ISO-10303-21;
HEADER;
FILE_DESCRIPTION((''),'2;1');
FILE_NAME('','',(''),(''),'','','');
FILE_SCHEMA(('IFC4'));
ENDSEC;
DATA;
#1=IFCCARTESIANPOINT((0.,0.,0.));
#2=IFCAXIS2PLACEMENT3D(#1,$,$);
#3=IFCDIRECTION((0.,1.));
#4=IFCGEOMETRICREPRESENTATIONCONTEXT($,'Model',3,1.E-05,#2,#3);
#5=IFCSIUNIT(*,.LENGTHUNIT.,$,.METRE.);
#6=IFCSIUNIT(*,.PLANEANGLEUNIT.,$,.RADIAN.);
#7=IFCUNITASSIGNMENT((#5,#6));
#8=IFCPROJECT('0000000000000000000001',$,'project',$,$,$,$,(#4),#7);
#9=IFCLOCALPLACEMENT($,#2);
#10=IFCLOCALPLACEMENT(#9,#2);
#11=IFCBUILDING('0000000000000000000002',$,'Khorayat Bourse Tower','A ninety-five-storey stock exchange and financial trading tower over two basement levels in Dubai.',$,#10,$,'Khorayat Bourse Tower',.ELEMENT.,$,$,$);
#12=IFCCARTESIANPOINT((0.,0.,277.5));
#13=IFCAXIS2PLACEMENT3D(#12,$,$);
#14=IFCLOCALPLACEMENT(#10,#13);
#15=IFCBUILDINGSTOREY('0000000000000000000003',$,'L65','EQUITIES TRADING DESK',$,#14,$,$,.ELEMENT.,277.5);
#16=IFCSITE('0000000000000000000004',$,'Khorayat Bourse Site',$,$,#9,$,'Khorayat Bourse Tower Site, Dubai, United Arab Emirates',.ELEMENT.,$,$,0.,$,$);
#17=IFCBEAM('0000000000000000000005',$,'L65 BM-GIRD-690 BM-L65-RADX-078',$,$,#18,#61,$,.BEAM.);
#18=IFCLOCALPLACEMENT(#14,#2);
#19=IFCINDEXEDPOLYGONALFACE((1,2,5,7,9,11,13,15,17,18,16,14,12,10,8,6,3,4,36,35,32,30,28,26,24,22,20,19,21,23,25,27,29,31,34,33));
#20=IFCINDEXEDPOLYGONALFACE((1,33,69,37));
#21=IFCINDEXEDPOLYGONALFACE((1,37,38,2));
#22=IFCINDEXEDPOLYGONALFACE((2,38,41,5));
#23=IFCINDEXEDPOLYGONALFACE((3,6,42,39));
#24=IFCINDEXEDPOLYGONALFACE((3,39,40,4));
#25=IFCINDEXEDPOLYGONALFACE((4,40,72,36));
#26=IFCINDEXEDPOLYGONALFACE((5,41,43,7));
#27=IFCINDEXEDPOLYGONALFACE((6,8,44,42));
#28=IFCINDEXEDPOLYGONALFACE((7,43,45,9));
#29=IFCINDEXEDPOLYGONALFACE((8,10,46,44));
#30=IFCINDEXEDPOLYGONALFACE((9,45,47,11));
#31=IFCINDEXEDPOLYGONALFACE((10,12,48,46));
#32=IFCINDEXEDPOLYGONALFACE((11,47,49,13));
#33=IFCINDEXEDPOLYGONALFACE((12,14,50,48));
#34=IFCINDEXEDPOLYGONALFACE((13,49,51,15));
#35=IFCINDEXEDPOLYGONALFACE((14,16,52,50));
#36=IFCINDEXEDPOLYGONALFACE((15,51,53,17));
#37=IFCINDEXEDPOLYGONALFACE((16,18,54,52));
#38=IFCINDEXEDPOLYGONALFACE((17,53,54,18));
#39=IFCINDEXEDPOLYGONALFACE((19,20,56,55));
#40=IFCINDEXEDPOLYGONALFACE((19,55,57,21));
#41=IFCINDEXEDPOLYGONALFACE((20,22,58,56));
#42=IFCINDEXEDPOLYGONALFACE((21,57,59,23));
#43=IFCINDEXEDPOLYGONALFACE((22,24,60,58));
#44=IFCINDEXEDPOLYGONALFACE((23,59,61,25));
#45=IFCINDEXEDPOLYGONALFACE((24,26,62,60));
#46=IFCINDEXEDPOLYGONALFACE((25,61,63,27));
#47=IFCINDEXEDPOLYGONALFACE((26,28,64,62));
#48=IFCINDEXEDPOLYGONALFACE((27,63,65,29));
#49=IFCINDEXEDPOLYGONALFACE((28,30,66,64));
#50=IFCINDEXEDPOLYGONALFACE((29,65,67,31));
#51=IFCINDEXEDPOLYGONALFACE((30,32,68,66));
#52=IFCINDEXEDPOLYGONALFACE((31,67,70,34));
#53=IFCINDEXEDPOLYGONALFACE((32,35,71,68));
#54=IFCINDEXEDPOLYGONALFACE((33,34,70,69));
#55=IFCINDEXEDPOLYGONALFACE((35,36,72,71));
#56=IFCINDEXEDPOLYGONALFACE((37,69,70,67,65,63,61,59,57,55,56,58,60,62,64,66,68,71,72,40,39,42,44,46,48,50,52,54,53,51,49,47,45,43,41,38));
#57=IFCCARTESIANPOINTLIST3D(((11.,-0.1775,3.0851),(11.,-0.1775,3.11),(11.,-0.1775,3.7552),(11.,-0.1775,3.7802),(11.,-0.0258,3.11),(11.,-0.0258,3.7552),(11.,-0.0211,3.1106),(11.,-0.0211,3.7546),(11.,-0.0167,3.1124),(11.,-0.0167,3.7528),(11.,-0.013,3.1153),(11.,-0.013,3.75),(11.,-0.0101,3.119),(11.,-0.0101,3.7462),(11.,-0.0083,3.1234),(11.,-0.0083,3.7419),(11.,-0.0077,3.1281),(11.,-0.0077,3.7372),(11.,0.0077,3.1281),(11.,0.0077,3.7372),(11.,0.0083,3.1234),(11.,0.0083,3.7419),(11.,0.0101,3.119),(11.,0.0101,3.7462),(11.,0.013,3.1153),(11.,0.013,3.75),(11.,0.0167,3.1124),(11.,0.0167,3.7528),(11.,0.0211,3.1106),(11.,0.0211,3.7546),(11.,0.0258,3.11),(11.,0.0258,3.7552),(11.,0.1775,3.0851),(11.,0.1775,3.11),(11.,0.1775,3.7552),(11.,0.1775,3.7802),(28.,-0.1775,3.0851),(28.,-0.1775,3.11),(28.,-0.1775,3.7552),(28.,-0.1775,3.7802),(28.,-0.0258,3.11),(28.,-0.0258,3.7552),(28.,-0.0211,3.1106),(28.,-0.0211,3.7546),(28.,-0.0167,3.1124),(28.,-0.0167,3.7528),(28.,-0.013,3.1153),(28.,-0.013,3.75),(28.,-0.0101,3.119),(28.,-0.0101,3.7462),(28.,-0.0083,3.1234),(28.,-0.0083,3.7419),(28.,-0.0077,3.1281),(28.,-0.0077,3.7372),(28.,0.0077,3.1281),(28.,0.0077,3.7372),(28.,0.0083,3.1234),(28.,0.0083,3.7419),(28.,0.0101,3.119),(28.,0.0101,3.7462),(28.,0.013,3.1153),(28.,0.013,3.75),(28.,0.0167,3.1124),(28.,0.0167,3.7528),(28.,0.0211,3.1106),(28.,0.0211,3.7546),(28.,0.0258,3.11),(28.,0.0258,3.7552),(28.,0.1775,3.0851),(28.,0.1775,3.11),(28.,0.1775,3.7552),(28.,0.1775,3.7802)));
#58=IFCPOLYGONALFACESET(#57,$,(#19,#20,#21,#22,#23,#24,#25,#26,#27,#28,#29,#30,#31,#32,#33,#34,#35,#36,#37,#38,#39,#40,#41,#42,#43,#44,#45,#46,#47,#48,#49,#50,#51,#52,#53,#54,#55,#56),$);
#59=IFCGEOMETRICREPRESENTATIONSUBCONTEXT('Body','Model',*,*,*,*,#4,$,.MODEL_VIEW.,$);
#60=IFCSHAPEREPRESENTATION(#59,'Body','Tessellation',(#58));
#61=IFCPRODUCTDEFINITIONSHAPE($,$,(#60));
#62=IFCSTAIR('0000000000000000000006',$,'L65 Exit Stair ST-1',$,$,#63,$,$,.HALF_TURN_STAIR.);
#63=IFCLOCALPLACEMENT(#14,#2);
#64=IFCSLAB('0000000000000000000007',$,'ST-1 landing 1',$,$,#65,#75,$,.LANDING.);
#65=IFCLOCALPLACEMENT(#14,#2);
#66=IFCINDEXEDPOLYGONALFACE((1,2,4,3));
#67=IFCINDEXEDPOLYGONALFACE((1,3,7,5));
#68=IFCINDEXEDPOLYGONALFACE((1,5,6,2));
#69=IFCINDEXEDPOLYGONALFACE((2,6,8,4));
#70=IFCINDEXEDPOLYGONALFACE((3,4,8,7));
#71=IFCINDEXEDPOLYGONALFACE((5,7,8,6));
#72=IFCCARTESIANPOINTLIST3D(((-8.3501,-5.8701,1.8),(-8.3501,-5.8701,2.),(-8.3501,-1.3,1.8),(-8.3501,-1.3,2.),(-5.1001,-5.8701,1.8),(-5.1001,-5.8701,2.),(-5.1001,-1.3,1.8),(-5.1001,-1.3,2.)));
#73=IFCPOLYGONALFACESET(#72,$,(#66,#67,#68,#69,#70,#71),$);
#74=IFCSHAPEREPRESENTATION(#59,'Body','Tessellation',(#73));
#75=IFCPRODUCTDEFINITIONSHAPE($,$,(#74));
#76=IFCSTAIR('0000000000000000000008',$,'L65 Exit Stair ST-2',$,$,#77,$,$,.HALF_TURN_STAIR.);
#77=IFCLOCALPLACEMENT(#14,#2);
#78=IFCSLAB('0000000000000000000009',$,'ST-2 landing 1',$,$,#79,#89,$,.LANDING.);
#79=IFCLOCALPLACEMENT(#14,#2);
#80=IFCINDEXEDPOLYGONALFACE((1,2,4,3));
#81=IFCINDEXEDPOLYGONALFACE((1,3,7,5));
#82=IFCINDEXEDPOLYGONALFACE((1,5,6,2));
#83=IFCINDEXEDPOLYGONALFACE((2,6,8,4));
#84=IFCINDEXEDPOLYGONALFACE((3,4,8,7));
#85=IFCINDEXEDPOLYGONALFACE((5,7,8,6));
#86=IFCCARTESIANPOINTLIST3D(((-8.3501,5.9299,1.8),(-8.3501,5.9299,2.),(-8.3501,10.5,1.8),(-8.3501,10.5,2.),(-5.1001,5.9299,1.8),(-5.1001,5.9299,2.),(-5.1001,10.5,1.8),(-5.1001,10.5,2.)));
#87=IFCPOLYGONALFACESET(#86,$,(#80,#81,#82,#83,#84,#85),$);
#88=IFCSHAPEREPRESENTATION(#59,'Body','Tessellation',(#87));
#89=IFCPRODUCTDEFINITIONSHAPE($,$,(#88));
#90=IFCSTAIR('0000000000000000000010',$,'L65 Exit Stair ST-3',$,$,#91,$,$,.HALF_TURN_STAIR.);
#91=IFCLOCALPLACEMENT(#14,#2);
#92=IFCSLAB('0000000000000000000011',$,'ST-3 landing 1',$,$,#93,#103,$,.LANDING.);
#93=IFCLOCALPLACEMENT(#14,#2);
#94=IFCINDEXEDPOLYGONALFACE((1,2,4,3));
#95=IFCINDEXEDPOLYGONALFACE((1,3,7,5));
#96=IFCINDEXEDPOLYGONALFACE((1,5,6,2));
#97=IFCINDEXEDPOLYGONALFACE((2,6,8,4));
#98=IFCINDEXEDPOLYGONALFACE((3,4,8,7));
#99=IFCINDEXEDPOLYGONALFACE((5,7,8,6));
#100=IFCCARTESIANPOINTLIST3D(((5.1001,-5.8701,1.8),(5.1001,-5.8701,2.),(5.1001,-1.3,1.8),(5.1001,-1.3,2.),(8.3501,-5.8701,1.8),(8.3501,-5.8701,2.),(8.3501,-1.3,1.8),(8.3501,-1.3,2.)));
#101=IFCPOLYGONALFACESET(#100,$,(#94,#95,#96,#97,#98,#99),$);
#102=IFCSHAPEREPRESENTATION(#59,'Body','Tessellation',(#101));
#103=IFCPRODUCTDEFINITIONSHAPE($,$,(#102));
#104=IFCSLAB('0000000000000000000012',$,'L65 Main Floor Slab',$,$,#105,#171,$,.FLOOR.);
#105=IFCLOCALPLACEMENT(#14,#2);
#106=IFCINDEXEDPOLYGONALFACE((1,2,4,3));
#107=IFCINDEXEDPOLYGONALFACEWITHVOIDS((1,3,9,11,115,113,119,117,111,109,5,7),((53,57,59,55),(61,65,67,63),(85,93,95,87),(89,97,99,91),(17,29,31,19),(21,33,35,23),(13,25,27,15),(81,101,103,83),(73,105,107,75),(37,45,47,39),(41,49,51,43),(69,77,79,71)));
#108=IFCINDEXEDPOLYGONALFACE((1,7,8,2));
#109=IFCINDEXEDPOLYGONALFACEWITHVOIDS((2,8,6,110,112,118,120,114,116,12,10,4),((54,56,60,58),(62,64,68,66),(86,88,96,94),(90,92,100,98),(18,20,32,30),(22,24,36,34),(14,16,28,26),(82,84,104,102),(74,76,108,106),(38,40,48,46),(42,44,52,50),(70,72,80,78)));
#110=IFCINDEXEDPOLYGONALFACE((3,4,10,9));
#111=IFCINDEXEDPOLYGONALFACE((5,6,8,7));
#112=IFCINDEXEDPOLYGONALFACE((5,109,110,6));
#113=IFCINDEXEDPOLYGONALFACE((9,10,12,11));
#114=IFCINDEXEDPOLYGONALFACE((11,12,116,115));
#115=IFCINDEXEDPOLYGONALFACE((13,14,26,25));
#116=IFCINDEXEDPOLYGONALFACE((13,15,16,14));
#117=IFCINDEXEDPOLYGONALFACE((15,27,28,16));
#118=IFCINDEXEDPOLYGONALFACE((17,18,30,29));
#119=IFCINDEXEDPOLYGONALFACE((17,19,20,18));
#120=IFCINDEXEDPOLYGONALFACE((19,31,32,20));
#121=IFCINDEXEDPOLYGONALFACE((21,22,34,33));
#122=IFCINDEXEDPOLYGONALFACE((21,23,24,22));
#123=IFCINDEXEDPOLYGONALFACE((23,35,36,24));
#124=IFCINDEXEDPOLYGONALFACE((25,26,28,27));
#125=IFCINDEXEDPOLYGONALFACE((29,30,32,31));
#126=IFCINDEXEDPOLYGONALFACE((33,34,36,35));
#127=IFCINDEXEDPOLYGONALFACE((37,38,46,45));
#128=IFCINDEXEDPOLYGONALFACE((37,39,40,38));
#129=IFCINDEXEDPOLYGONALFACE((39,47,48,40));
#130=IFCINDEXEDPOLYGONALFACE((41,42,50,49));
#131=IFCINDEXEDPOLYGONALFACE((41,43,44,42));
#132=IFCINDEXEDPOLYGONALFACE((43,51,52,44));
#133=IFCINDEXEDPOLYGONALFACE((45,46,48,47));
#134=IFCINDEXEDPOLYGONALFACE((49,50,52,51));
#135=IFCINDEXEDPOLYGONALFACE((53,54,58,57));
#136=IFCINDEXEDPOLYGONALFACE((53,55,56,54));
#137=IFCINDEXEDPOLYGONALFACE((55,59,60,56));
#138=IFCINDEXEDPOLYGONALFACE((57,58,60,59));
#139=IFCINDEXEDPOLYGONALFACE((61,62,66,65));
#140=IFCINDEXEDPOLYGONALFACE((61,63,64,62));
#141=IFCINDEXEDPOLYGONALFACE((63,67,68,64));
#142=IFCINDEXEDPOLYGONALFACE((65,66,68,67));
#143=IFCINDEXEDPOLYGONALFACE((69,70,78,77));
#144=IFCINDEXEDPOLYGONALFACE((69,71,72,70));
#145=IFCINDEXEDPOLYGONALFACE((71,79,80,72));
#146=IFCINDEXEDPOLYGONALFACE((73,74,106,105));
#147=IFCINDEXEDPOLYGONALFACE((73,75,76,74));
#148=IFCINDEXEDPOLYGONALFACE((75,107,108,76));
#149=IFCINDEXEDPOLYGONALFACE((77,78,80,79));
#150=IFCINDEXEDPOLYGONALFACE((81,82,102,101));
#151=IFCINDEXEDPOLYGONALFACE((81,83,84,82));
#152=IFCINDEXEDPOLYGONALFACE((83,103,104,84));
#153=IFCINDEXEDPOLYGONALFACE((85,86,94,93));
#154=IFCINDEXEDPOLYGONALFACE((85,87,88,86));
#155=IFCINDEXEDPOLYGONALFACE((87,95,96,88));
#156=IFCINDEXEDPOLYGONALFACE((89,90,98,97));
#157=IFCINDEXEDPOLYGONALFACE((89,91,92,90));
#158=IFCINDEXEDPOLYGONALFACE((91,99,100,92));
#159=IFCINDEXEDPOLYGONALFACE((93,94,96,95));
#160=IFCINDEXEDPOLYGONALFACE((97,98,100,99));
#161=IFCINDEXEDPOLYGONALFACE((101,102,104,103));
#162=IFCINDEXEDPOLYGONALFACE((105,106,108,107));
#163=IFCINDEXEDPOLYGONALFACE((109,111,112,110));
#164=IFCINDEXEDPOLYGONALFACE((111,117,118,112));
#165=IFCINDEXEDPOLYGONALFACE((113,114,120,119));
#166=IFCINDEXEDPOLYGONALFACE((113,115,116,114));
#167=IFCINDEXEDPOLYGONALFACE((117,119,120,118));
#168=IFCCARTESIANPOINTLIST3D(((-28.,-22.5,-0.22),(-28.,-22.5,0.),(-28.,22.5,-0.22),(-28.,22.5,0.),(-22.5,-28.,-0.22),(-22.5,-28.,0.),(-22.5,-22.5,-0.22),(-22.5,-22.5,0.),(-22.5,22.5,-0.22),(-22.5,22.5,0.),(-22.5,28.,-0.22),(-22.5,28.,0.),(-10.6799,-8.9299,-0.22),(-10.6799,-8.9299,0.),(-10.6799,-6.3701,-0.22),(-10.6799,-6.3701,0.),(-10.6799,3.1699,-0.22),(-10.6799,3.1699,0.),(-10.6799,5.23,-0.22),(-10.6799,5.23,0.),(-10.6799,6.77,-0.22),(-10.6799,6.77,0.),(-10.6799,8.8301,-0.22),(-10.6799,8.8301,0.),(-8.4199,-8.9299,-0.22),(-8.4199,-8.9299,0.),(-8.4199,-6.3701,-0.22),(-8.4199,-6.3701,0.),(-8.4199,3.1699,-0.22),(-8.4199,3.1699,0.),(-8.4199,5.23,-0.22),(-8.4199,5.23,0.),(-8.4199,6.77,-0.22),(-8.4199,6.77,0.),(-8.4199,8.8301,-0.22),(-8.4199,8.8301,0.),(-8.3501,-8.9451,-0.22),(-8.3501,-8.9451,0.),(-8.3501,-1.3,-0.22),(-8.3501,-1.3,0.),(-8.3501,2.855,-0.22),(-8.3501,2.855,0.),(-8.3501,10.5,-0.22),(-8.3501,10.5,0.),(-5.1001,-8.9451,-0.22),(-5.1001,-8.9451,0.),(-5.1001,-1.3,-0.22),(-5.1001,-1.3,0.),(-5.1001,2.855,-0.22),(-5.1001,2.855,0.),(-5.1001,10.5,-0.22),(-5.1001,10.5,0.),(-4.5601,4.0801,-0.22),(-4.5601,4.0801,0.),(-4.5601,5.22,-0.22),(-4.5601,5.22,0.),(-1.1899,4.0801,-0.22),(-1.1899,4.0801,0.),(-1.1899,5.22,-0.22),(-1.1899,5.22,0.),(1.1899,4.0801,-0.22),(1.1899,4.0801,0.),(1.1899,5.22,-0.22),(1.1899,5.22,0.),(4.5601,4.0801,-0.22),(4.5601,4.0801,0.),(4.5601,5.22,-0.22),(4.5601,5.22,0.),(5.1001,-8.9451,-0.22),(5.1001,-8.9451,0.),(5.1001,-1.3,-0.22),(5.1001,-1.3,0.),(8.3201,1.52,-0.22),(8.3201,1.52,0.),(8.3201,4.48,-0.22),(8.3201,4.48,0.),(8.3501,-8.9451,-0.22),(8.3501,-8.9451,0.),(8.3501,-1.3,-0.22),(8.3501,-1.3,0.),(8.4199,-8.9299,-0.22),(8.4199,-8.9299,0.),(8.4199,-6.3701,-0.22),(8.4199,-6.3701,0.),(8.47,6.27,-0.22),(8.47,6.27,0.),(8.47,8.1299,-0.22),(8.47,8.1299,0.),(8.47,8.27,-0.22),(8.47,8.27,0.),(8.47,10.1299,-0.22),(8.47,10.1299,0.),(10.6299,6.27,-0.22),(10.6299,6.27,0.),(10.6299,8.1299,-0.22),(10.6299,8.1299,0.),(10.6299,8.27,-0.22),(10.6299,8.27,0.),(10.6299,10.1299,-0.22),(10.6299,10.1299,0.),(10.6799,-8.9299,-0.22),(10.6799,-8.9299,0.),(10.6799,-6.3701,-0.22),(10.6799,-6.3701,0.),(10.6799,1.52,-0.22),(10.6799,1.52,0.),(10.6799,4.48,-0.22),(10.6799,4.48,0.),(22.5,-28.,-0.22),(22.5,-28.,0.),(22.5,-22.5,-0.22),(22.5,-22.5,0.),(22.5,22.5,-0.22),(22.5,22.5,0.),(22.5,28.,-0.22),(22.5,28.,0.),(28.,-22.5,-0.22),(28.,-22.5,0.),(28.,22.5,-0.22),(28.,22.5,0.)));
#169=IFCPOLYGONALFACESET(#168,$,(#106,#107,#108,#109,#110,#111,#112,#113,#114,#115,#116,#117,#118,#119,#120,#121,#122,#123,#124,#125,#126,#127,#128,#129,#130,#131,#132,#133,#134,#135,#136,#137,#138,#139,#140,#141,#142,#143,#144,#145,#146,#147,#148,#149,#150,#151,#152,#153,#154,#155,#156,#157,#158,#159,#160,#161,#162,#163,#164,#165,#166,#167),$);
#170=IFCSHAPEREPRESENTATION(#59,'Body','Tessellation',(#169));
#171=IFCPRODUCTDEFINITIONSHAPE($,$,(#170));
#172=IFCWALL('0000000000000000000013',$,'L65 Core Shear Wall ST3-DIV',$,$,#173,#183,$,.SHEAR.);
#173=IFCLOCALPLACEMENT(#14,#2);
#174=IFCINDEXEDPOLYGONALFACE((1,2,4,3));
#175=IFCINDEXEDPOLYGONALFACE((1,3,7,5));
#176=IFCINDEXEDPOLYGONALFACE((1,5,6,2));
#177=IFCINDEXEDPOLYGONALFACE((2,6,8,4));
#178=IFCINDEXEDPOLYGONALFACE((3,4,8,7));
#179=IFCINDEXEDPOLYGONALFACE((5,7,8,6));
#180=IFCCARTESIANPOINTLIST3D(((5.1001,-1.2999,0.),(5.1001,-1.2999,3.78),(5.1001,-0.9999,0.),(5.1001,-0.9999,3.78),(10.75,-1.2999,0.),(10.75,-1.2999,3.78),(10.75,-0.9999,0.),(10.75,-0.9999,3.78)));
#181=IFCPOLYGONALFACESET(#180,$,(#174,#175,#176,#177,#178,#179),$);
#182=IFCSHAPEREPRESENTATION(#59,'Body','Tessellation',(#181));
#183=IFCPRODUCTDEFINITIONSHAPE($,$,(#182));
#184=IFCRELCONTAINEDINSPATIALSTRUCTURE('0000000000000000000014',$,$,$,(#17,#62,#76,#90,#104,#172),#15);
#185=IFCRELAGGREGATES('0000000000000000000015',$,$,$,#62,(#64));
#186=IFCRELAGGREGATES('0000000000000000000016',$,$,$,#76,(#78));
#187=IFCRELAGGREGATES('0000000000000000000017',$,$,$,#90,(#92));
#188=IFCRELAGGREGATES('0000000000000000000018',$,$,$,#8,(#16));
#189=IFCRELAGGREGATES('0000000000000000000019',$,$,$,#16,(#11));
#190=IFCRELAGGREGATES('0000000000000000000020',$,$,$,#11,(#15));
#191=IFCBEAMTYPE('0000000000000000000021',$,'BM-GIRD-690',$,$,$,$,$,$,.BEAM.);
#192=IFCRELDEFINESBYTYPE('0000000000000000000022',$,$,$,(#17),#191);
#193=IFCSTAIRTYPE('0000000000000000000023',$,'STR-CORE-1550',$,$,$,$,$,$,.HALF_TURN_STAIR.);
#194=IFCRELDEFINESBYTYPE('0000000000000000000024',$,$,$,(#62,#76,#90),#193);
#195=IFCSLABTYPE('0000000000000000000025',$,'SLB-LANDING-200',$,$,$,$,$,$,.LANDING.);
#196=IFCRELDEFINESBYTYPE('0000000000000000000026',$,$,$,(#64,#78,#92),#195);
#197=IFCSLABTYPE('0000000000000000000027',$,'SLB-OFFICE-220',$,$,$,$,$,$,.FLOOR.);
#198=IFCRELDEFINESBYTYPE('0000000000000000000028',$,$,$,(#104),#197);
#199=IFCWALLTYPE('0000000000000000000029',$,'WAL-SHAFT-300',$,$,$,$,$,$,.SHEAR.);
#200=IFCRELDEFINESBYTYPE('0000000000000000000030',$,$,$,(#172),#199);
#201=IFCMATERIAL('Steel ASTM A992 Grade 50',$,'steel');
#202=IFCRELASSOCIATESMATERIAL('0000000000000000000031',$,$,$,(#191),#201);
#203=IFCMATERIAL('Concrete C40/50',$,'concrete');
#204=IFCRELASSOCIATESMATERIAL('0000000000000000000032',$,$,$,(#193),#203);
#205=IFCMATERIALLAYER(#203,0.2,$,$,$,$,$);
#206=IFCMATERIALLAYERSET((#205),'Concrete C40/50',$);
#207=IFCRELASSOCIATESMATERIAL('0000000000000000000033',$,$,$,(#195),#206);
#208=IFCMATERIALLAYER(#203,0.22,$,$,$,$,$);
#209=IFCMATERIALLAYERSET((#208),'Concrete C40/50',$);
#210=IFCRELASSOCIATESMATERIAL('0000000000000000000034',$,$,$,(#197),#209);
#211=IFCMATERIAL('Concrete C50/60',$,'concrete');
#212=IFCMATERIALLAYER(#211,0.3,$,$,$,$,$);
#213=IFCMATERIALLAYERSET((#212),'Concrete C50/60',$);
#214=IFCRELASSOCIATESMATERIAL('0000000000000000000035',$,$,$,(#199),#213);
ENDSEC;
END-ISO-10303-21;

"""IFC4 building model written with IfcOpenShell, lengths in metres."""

from ifc_helpers import new_model, si_unit, direction, frame, frame_2d, origin, origin_2d, place, context, subcontext, project, spatial, polyline, rectangle, i_section, outline, extrude, source, transform, mapped, material, layer, layer_set, material_profile, profile_set, type_object, element, aggregate, save


model = new_model("IFC4")

# Units and contexts
model_context = context("Model", 3, precision=1e-05, world=origin(), true_north=direction((0.0, 1.0)))
body_context = subcontext(model_context, "Body", "Model", "MODEL_VIEW")
ifc_project = project(units=[si_unit("LENGTHUNIT", "METRE"), si_unit("PLANEANGLEUNIT", "RADIAN")], contexts=[model_context])

# Site, building, storey
site_placement = place(None, origin())
site = spatial("IfcSite", under=ifc_project, at=site_placement, Name="Khorayat Bourse Site", LongName="Khorayat Bourse Tower Site, Dubai, United Arab Emirates", CompositionType="ELEMENT", RefElevation=0.0)
building_placement = place(site_placement, origin())
building = spatial("IfcBuilding", under=site, at=building_placement, Name="Khorayat Bourse Tower", Description="A ninety-five-storey stock exchange and financial trading tower over two basement levels in Dubai.", LongName="Khorayat Bourse Tower", CompositionType="ELEMENT")
storey_placement = place(building_placement, frame((0.0, 0.0, 277.5)))
storey = spatial("IfcBuildingStorey", under=building, at=storey_placement, Name="L65", Description="EQUITIES TRADING DESK", CompositionType="ELEMENT", Elevation=277.5)

# Beam
ifc_material_1 = material(Name="Steel ASTM A992 Grade 50", Category="steel")
ifc_material_profile_1 = material_profile(ifc_material_1, i_section(OverallWidth=0.355, OverallDepth=0.6951, WebThickness=0.0154, FlangeThickness=0.0249, FilletRadius=0.0181, at=origin_2d()), Name="W690X217")
ifc_profile_set_1 = profile_set([ifc_material_profile_1], Name="Steel ASTM A992 Grade 50")
beam_type_1 = type_object("IfcBeamType", Name="BM-GIRD-690", PredefinedType="BEAM", material=ifc_profile_set_1)
shared_shape_1 = source(origin(), body_context, "Body", "SweptSolid", [
    extrude(i_section(OverallWidth=0.355, OverallDepth=0.6951, WebThickness=0.0154, FlangeThickness=0.0249, FilletRadius=0.0181, at=origin_2d()), origin(), (0.0, 0.0, 1.0), 17.0),
])
beam_1_placement = place(storey_placement, frame((11.0, 0.0, 3.4326), z_axis=(1.0, 0.0, 0.0), x_axis=(0.0, 1.0, 0.0)))
element("IfcBeam", 1, at=beam_1_placement, inside=storey, type_object=beam_type_1, Name="L65 BM-GIRD-690 BM-L65-RADX-078", PredefinedType="BEAM", context=body_context, shape_type="MappedRepresentation", body=[
    mapped(shared_shape_1, transform((0.0, 0.0, 0.0), scale=1.0)),
])

# Stairs, slabs
ifc_material_2 = material(Name="Concrete C40/50", Category="concrete")
stair_type = type_object("IfcStairType", Name="STR-CORE-1550", PredefinedType="HALF_TURN_STAIR", material=ifc_material_2)
stair_1_placement = place(storey_placement, origin())
stair_1 = element("IfcStair", 2, at=stair_1_placement, inside=storey, type_object=stair_type, Name="L65 Exit Stair ST-1", PredefinedType="HALF_TURN_STAIR")
ifc_layer_1 = layer(ifc_material_2, 0.2)
ifc_layer_set_1 = layer_set([ifc_layer_1], Name="Concrete C40/50")
slab_type_1 = type_object("IfcSlabType", Name="SLB-LANDING-200", PredefinedType="LANDING", material=ifc_layer_set_1)
slab_1_placement = place(storey_placement, frame((0.0, 0.0, 1.8)))
slab_1 = element("IfcSlab", 3, at=slab_1_placement, type_object=slab_type_1, Name="ST-1 landing 1", PredefinedType="LANDING", context=body_context, shape_type="SweptSolid", body=[
    extrude(outline(polyline([(-5.1001, -5.8701), (-5.1001, -1.3), (-8.3501, -1.3), (-8.3501, -5.8701), (-5.1001, -5.8701)])), origin(), (0.0, 0.0, 1.0), 0.2),
])
aggregate(stair_1, [slab_1])
stair_2_placement = place(storey_placement, origin())
stair_2 = element("IfcStair", 4, at=stair_2_placement, inside=storey, type_object=stair_type, Name="L65 Exit Stair ST-2", PredefinedType="HALF_TURN_STAIR")
slab_2_placement = place(storey_placement, frame((0.0, 0.0, 1.8)))
slab_2 = element("IfcSlab", 5, at=slab_2_placement, type_object=slab_type_1, Name="ST-2 landing 1", PredefinedType="LANDING", context=body_context, shape_type="SweptSolid", body=[
    extrude(outline(polyline([(-5.1001, 5.9299), (-5.1001, 10.5), (-8.3501, 10.5), (-8.3501, 5.9299), (-5.1001, 5.9299)])), origin(), (0.0, 0.0, 1.0), 0.2),
])
aggregate(stair_2, [slab_2])
stair_3_placement = place(storey_placement, origin())
stair_3 = element("IfcStair", 6, at=stair_3_placement, inside=storey, type_object=stair_type, Name="L65 Exit Stair ST-3", PredefinedType="HALF_TURN_STAIR")
slab_3_placement = place(storey_placement, frame((0.0, 0.0, 1.8)))
slab_3 = element("IfcSlab", 7, at=slab_3_placement, type_object=slab_type_1, Name="ST-3 landing 1", PredefinedType="LANDING", context=body_context, shape_type="SweptSolid", body=[
    extrude(outline(polyline([(8.3501, -5.8701), (8.3501, -1.3), (5.1001, -1.3), (5.1001, -5.8701), (8.3501, -5.8701)])), origin(), (0.0, 0.0, 1.0), 0.2),
])
aggregate(stair_3, [slab_3])

# Slab
ifc_layer_2 = layer(ifc_material_2, 0.22)
ifc_layer_set_2 = layer_set([ifc_layer_2], Name="Concrete C40/50")
slab_type_2 = type_object("IfcSlabType", Name="SLB-OFFICE-220", PredefinedType="FLOOR", material=ifc_layer_set_2)
slab_4_placement = place(storey_placement, frame((0.0, 0.0, -0.22)))
element("IfcSlab", 8, at=slab_4_placement, inside=storey, type_object=slab_type_2, Name="L65 Main Floor Slab", PredefinedType="FLOOR", context=body_context, shape_type="SweptSolid", body=[
    extrude(outline(polyline([(-22.5, -28.0), (22.5, -28.0), (22.5, -22.5), (28.0, -22.5), (28.0, 22.5), (22.5, 22.5), (22.5, 28.0), (-22.5, 28.0), (-22.5, 22.5), (-28.0, 22.5), (-28.0, -22.5), (-22.5, -22.5), (-22.5, -28.0)]), holes=[polyline([(-8.3501, -8.9451), (-5.1001, -8.9451), (-5.1001, -1.3), (-8.3501, -1.3), (-8.3501, -8.9451)]), polyline([(-8.3501, 2.855), (-5.1001, 2.855), (-5.1001, 10.5), (-8.3501, 10.5), (-8.3501, 2.855)]), polyline([(5.1001, -8.9451), (8.3501, -8.9451), (8.3501, -1.3), (5.1001, -1.3), (5.1001, -8.9451)]), polyline([(-10.6799, 3.1699), (-8.4199, 3.1699), (-8.4199, 5.23), (-10.6799, 5.23), (-10.6799, 3.1699)]), polyline([(-10.6799, 6.77), (-8.4199, 6.77), (-8.4199, 8.8301), (-10.6799, 8.8301), (-10.6799, 6.77)]), polyline([(8.47, 6.27), (10.6299, 6.27), (10.6299, 8.1299), (8.47, 8.1299), (8.47, 6.27)]), polyline([(8.47, 8.27), (10.6299, 8.27), (10.6299, 10.1299), (8.47, 10.1299), (8.47, 8.27)]), polyline([(-10.6799, -8.9299), (-8.4199, -8.9299), (-8.4199, -6.3701), (-10.6799, -6.3701), (-10.6799, -8.9299)]), polyline([(8.4199, -8.9299), (10.6799, -8.9299), (10.6799, -6.3701), (8.4199, -6.3701), (8.4199, -8.9299)]), polyline([(8.3201, 1.52), (10.6799, 1.52), (10.6799, 4.48), (8.3201, 4.48), (8.3201, 1.52)]), polyline([(-4.5601, 4.0801), (-1.1899, 4.0801), (-1.1899, 5.22), (-4.5601, 5.22), (-4.5601, 4.0801)]), polyline([(1.1899, 4.0801), (4.5601, 4.0801), (4.5601, 5.22), (1.1899, 5.22), (1.1899, 4.0801)])]), origin(), (0.0, 0.0, 1.0), 0.22),
])

# Wall
ifc_material_3 = material(Name="Concrete C50/60", Category="concrete")
ifc_layer_3 = layer(ifc_material_3, 0.3)
ifc_layer_set_3 = layer_set([ifc_layer_3], Name="Concrete C50/60")
wall_type_1 = type_object("IfcWallType", Name="WAL-SHAFT-300", PredefinedType="SHEAR", material=ifc_layer_set_3)
shared_shape_2 = source(origin(), body_context, "Body", "SweptSolid", [
    extrude(rectangle(XDim=5.6499, YDim=0.3, at=frame_2d((2.825, 0.0))), origin(), (0.0, 0.0, 1.0), 3.78),
])
wall_1_placement = place(storey_placement, frame((5.1001, -1.1499, 0.0), z_axis=(0.0, 0.0, 1.0), x_axis=(1.0, 0.0, 0.0)))
element("IfcWall", 9, at=wall_1_placement, inside=storey, type_object=wall_type_1, Name="L65 Core Shear Wall ST3-DIV", PredefinedType="SHEAR", context=body_context, shape_type="MappedRepresentation", body=[
    mapped(shared_shape_2, transform((0.0, 0.0, 0.0), scale=1.0)),
])

save(model, "model.ifc")
